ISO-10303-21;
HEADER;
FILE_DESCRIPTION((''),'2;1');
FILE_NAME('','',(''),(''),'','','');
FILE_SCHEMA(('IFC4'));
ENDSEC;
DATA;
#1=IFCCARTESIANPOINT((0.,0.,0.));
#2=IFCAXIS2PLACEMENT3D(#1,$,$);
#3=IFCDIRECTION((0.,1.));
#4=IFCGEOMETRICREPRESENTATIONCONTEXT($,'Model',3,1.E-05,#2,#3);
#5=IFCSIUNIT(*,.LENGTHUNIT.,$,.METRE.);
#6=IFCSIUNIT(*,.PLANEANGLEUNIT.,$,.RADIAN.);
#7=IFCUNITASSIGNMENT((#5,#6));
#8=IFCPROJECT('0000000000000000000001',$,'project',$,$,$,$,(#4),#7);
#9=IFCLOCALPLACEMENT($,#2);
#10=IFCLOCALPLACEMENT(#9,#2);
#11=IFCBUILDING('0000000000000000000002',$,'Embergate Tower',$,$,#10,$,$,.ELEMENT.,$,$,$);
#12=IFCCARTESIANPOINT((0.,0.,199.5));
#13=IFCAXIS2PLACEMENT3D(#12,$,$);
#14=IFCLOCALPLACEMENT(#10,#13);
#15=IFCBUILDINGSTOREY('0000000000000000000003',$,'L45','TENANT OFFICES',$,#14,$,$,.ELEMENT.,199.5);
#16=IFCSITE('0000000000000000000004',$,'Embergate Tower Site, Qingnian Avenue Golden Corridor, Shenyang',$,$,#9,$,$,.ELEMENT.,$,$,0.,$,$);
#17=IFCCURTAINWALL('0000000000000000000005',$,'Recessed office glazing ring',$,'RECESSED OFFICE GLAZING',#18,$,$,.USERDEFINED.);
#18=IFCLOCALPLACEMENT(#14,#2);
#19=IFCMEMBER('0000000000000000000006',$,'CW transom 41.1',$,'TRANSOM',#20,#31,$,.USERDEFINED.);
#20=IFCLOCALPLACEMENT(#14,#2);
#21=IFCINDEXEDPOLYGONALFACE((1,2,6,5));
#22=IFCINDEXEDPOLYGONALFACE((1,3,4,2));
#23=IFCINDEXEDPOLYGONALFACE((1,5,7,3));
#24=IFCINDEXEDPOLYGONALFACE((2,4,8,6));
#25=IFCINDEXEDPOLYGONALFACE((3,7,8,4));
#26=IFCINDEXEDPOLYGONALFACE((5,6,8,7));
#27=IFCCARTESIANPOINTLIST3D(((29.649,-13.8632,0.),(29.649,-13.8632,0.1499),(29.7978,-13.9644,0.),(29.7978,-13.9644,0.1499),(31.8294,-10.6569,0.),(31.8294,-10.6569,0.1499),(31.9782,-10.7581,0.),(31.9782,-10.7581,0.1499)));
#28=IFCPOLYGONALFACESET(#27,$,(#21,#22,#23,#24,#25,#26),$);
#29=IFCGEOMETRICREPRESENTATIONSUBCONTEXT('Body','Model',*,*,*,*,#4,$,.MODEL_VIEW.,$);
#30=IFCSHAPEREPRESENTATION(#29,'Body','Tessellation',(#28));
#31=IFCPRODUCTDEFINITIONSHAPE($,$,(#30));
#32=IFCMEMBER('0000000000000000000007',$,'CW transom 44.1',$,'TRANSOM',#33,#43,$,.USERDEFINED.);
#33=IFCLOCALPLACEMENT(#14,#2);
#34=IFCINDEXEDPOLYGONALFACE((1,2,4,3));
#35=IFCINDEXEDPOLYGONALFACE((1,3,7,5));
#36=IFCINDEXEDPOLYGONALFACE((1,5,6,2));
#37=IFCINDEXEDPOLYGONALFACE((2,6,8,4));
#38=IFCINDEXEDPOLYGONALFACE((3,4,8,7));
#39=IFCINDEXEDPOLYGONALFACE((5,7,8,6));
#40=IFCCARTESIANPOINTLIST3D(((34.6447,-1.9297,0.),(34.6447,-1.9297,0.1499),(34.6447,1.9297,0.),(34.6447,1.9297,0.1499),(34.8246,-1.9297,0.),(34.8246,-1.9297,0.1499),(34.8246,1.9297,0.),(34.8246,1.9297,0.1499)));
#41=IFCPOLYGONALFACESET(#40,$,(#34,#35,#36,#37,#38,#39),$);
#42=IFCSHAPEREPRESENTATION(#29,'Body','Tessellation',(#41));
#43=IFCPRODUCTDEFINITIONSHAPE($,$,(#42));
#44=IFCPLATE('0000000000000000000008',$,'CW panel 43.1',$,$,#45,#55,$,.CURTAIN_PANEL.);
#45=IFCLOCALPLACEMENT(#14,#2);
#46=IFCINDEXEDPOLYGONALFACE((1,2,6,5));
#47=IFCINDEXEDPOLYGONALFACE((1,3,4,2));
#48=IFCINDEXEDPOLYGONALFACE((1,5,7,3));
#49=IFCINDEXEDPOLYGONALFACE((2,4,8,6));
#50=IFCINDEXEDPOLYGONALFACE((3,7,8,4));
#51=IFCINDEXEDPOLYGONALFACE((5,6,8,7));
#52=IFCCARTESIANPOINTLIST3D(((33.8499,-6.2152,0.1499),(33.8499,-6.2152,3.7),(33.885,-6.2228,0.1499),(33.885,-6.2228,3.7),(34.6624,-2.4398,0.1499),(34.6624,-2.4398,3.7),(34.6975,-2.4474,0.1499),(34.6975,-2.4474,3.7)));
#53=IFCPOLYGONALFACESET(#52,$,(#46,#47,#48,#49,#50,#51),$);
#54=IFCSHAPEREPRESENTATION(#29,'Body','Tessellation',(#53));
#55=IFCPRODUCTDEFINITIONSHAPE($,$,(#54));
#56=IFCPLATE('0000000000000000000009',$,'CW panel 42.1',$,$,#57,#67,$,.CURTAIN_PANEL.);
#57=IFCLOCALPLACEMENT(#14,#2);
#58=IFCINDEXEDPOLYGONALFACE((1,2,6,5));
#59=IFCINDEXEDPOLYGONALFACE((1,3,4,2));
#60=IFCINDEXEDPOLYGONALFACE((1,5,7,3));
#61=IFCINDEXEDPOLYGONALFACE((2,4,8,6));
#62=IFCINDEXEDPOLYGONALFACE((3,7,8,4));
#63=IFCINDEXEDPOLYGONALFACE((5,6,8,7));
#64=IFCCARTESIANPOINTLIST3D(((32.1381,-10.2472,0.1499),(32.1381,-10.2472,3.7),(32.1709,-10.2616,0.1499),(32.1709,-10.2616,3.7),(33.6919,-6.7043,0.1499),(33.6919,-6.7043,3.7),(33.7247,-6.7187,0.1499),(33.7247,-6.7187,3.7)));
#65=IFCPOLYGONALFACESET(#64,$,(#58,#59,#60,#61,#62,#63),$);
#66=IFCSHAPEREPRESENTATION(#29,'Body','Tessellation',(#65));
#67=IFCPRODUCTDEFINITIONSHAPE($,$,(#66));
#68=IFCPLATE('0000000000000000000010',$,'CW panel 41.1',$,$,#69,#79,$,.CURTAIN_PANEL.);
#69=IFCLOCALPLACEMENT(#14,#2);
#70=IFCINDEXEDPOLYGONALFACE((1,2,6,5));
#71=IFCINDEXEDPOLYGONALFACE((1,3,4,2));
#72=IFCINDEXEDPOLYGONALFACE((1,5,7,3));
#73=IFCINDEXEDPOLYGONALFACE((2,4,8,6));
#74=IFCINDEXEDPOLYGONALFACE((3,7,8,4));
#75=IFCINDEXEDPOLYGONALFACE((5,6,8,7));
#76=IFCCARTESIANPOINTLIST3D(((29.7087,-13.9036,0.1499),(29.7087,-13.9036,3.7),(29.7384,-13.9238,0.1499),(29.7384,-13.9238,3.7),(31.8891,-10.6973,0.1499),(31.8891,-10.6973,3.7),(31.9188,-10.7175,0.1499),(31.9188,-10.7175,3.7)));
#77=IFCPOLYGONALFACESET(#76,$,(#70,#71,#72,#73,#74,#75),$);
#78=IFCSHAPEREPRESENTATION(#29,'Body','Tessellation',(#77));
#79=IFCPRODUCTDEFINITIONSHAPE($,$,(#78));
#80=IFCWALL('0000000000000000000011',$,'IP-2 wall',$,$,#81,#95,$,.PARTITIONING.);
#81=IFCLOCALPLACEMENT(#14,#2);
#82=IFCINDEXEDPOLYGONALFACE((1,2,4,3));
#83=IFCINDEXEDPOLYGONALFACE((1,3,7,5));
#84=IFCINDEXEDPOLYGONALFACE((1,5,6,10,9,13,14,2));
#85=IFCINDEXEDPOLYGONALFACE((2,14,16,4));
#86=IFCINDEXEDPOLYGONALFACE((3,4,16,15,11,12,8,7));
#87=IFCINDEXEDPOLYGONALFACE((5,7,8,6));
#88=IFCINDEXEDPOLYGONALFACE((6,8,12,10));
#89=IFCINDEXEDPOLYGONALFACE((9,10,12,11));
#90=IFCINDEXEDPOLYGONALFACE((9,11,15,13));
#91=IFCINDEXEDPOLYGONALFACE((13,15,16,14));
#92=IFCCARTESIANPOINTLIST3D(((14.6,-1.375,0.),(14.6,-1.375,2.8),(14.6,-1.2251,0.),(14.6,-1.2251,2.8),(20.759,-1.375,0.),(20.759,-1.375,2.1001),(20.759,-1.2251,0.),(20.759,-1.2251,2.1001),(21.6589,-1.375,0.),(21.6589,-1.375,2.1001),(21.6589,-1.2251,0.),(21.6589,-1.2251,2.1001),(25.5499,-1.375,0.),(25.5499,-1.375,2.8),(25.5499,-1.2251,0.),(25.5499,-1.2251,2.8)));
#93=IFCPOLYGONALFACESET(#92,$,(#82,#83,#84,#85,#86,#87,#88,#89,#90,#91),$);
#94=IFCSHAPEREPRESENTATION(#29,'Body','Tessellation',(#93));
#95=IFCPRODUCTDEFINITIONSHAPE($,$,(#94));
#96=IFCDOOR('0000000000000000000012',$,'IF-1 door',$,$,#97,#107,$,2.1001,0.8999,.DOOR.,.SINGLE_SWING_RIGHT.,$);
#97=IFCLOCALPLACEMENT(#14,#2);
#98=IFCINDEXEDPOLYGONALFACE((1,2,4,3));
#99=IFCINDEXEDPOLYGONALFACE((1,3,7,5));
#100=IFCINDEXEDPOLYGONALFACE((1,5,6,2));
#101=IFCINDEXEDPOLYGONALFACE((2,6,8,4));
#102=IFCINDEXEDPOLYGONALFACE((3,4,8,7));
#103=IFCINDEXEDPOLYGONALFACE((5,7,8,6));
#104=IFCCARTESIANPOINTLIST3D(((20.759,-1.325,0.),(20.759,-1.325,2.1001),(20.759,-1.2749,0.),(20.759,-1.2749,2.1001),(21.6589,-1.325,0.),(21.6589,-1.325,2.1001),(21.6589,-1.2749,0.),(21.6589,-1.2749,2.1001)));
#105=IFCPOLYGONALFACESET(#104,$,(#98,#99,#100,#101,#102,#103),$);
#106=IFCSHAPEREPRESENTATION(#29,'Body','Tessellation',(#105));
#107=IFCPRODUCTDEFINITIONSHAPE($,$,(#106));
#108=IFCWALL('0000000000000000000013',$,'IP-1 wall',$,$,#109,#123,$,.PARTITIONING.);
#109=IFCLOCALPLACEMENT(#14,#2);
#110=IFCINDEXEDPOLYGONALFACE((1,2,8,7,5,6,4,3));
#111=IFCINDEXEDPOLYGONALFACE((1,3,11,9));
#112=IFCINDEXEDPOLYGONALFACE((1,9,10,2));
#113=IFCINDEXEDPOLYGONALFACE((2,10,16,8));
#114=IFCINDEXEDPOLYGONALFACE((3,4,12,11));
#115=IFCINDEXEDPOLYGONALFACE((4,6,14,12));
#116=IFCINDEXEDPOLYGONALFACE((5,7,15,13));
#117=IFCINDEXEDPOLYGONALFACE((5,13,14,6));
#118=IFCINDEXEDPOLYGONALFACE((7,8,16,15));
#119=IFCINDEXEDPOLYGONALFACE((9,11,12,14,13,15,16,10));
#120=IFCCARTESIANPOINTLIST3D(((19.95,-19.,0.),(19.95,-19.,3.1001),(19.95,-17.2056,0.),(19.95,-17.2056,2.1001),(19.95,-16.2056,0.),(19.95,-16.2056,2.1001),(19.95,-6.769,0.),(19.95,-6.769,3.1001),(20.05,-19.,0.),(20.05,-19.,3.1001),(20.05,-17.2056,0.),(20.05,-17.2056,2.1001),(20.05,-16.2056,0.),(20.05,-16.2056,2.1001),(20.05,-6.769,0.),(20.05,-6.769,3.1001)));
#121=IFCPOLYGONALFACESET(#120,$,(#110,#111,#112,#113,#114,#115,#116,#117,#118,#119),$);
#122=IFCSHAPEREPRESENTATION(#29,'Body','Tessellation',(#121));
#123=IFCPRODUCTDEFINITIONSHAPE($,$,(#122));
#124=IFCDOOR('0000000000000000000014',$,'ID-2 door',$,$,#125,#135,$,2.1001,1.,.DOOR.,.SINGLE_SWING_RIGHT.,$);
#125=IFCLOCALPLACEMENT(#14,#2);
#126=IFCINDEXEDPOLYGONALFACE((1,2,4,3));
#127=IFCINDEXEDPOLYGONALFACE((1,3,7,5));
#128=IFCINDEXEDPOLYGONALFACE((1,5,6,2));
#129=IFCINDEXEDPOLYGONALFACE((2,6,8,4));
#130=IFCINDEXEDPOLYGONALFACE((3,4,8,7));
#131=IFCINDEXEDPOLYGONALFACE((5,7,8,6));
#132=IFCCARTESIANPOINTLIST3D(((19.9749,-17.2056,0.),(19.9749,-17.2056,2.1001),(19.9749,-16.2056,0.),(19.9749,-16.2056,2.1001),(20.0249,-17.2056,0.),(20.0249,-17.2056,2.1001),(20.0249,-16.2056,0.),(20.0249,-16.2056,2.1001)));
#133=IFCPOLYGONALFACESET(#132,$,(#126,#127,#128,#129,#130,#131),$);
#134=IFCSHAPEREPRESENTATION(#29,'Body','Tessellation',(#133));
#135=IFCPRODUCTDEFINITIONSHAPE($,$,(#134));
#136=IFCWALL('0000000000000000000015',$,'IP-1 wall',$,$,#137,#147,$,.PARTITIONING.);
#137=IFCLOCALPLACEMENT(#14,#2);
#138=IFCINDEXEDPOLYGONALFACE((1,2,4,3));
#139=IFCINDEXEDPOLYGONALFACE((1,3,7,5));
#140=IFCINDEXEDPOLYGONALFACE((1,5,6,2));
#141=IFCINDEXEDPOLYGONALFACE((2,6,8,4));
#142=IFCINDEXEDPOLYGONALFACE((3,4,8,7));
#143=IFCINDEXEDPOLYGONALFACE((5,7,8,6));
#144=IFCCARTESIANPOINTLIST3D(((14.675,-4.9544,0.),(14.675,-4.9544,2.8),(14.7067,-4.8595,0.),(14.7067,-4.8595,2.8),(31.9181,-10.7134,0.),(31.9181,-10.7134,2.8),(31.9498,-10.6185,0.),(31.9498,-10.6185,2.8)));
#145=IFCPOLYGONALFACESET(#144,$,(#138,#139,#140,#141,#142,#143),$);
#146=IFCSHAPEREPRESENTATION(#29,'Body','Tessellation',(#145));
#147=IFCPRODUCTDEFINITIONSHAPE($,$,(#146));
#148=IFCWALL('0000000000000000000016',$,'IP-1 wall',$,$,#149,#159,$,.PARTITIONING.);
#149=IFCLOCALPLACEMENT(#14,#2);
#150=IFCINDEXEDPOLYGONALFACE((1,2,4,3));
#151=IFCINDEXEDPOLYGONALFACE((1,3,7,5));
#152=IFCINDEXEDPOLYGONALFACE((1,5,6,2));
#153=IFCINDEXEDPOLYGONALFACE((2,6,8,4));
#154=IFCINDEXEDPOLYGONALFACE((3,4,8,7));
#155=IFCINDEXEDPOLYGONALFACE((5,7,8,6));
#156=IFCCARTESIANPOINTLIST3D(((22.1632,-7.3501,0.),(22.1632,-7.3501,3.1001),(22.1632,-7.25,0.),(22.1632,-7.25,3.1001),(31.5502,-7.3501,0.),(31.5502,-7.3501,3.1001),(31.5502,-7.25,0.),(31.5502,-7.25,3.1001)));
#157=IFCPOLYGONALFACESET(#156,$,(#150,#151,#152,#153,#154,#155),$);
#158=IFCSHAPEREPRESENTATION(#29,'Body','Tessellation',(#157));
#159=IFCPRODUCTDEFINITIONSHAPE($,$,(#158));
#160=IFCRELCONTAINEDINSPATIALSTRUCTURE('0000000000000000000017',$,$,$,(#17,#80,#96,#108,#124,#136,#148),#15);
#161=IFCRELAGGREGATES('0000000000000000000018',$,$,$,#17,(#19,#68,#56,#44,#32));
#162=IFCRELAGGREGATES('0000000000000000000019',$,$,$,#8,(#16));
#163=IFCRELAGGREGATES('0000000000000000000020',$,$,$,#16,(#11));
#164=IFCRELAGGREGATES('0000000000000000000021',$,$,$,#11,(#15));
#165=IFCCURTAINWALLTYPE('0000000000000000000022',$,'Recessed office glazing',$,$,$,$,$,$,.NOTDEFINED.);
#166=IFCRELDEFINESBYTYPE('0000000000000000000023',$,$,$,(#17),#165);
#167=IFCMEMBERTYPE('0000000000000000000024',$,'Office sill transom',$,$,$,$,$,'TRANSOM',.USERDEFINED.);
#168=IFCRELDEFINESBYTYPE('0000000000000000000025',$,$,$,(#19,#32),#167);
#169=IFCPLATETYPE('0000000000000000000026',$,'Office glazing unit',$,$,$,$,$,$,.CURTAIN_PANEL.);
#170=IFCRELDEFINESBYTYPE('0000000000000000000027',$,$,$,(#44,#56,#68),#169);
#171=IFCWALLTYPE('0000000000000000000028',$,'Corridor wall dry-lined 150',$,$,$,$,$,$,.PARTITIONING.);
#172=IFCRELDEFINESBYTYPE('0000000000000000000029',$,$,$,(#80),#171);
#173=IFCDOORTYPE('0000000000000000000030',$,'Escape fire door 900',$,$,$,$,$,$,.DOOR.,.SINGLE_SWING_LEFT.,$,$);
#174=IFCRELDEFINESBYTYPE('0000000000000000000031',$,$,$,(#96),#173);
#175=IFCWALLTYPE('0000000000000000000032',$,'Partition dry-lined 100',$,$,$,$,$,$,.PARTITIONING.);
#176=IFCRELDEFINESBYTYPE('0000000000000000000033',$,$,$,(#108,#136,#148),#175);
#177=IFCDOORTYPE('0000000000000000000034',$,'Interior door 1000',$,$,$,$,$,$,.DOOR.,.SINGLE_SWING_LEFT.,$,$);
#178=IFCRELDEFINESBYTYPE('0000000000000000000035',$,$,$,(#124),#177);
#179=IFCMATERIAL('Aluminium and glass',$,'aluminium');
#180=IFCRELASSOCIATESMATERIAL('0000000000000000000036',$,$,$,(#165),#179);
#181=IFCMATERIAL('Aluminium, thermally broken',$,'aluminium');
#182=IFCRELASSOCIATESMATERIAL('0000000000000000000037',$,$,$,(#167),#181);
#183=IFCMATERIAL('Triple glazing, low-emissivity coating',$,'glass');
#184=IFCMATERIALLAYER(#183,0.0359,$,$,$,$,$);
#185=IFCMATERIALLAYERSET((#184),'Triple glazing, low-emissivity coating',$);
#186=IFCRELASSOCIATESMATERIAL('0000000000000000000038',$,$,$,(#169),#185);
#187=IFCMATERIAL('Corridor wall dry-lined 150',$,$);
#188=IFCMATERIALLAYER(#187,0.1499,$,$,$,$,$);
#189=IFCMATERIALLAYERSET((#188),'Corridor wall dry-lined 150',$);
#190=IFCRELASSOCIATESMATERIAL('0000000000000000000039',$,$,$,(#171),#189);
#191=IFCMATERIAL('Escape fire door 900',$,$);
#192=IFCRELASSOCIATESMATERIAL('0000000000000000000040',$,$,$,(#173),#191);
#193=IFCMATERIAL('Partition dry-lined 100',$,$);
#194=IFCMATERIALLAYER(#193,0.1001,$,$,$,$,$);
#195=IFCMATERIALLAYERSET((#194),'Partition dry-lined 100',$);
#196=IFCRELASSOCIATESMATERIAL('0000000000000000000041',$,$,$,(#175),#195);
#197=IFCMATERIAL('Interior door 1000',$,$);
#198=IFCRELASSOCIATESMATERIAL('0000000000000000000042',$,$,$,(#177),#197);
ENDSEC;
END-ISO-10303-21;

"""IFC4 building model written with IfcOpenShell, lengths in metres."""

from ifc_helpers import new_model, si_unit, direction, frame, frame_2d, origin, origin_2d, place, context, subcontext, project, spatial, rectangle, extrude, source, transform, mapped, material, layer, layer_set, material_profile, profile_set, type_object, element, fill, aggregate, save


model = new_model("IFC4")

# Units and contexts
model_context = context("Model", 3, precision=1e-05, world=origin(), true_north=direction((0.0, 1.0)))
body_context = subcontext(model_context, "Body", "Model", "MODEL_VIEW")
ifc_project = project(units=[si_unit("LENGTHUNIT", "METRE"), si_unit("PLANEANGLEUNIT", "RADIAN")], contexts=[model_context])

# Site, building, storey
site_placement = place(None, origin())
site = spatial("IfcSite", under=ifc_project, at=site_placement, Name="Embergate Tower Site, Qingnian Avenue Golden Corridor, Shenyang", CompositionType="ELEMENT", RefElevation=0.0)
building_placement = place(site_placement, origin())
building = spatial("IfcBuilding", under=site, at=building_placement, Name="Embergate Tower", CompositionType="ELEMENT")
storey_placement = place(building_placement, frame((0.0, 0.0, 199.5)))
storey = spatial("IfcBuildingStorey", under=building, at=storey_placement, Name="L45", Description="TENANT OFFICES", CompositionType="ELEMENT", Elevation=199.5)

# Curtain wall, members, plates
ifc_material_1 = material(Name="Aluminium and glass", Category="aluminium")
curtain_wall_type = type_object("IfcCurtainWallType", Name="Recessed office glazing", PredefinedType="NOTDEFINED", material=ifc_material_1)
curtain_wall_placement = place(storey_placement, origin())
curtain_wall = element("IfcCurtainWall", 1, at=curtain_wall_placement, inside=storey, type_object=curtain_wall_type, Name="Recessed office glazing ring", ObjectType="RECESSED OFFICE GLAZING", PredefinedType="USERDEFINED")
ifc_material_2 = material(Name="Aluminium, thermally broken", Category="aluminium")
ifc_material_profile_1 = material_profile(ifc_material_2, rectangle(XDim=0.1799, YDim=0.1499, at=origin_2d()), Name="AL 150x180")
ifc_profile_set_1 = profile_set([ifc_material_profile_1], Name="Aluminium, thermally broken")
member_type_1 = type_object("IfcMemberType", Name="Office sill transom", ElementType="TRANSOM", PredefinedType="USERDEFINED", material=ifc_profile_set_1)
shared_shape_1 = source(origin(), body_context, "Body", "SweptSolid", [
    extrude(rectangle(XDim=0.1799, YDim=0.1499, at=origin_2d()), origin(), (0.0, 0.0, 1.0), 3.8774),
])
member_1_placement = place(storey_placement, frame((29.7234, -13.9138, 0.075), z_axis=(0.562334, 0.82691, 0.0), x_axis=(-0.82691, 0.562334, 0.0)))
member_1 = element("IfcMember", 2, at=member_1_placement, type_object=member_type_1, Name="CW transom 41.1", ObjectType="TRANSOM", PredefinedType="USERDEFINED", context=body_context, shape_type="MappedRepresentation", body=[
    mapped(shared_shape_1, transform((0.0, 0.0, 0.0))),
])
shared_shape_2 = source(origin(), body_context, "Body", "SweptSolid", [
    extrude(rectangle(XDim=0.1799, YDim=0.1499, at=origin_2d()), origin(), (0.0, 0.0, 1.0), 3.8594),
])
member_2_placement = place(storey_placement, frame((34.7346, -1.9297, 0.075), z_axis=(0.0, 1.0, 0.0), x_axis=(-1.0, 0.0, 0.0)))
member_2 = element("IfcMember", 3, at=member_2_placement, type_object=member_type_1, Name="CW transom 44.1", ObjectType="TRANSOM", PredefinedType="USERDEFINED", context=body_context, shape_type="MappedRepresentation", body=[
    mapped(shared_shape_2, transform((0.0, 0.0, 0.0))),
])
ifc_material_3 = material(Name="Triple glazing, low-emissivity coating", Category="glass")
ifc_layer_1 = layer(ifc_material_3, 0.0359)
ifc_layer_set_1 = layer_set([ifc_layer_1], Name="Triple glazing, low-emissivity coating")
plate_type = type_object("IfcPlateType", Name="Office glazing unit", PredefinedType="CURTAIN_PANEL", material=ifc_layer_set_1)
shared_shape_3 = source(origin(), body_context, "Body", "SweptSolid", [
    extrude(rectangle(XDim=3.8618, YDim=0.0359, at=origin_2d()), origin(), (0.0, 0.0, 1.0), 3.55),
])
plate_1_placement = place(storey_placement, frame((34.2737, -4.3313, 0.1499), z_axis=(0.0, 0.0, 1.0), x_axis=(0.210393, 0.977617, 0.0)))
plate_1 = element("IfcPlate", 4, at=plate_1_placement, type_object=plate_type, Name="CW panel 43.1", PredefinedType="CURTAIN_PANEL", context=body_context, shape_type="MappedRepresentation", body=[
    mapped(shared_shape_3, transform((0.0, 0.0, 0.0))),
])
shared_shape_4 = source(origin(), body_context, "Body", "SweptSolid", [
    extrude(rectangle(XDim=3.8687, YDim=0.0359, at=origin_2d()), origin(), (0.0, 0.0, 1.0), 3.55),
])
plate_2_placement = place(storey_placement, frame((32.9314, -8.4829, 0.1499), z_axis=(0.0, 0.0, 1.0), x_axis=(0.401644, 0.915796, 0.0)))
plate_2 = element("IfcPlate", 5, at=plate_2_placement, type_object=plate_type, Name="CW panel 42.1", PredefinedType="CURTAIN_PANEL", context=body_context, shape_type="MappedRepresentation", body=[
    mapped(shared_shape_4, transform((0.0, 0.0, 0.0))),
])
shared_shape_5 = source(origin(), body_context, "Body", "SweptSolid", [
    extrude(rectangle(XDim=3.8774, YDim=0.0359, at=origin_2d()), origin(), (0.0, 0.0, 1.0), 3.55),
])
plate_3_placement = place(storey_placement, frame((30.8137, -12.3105, 0.1499), z_axis=(0.0, 0.0, 1.0), x_axis=(0.562332, 0.826912, 0.0)))
plate_3 = element("IfcPlate", 6, at=plate_3_placement, type_object=plate_type, Name="CW panel 41.1", PredefinedType="CURTAIN_PANEL", context=body_context, shape_type="MappedRepresentation", body=[
    mapped(shared_shape_5, transform((0.0, 0.0, 0.0))),
])
aggregate(curtain_wall, [member_1, plate_3, plate_2, plate_1, member_2])

# Walls, openings, doors
ifc_material_4 = material(Name="Corridor wall dry-lined 150")
ifc_layer_2 = layer(ifc_material_4, 0.1499)
ifc_layer_set_2 = layer_set([ifc_layer_2], Name="Corridor wall dry-lined 150")
wall_type_1 = type_object("IfcWallType", Name="Corridor wall dry-lined 150", PredefinedType="PARTITIONING", material=ifc_layer_set_2)
shared_shape_6 = source(origin(), body_context, "Body", "SweptSolid", [
    extrude(rectangle(XDim=10.95, YDim=0.1499, at=frame_2d((5.4751, 0.0))), origin(), (0.0, 0.0, 1.0), 2.8),
])
wall_1_placement = place(storey_placement, frame((25.55, -1.3, 0.0), z_axis=(0.0, 0.0, 1.0), x_axis=(-1.0, 0.0, 0.0)))
wall_1 = element("IfcWall", 7, at=wall_1_placement, inside=storey, type_object=wall_type_1, Name="IP-2 wall", PredefinedType="PARTITIONING", context=body_context, shape_type="MappedRepresentation", body=[
    mapped(shared_shape_6, transform((0.0, 0.0, 0.0))),
])
shared_shape_7 = source(origin(), body_context, "Body", "SweptSolid", [
    extrude(rectangle(XDim=0.8999, YDim=2.1001, at=frame_2d((0.45, 1.05))), frame((0.0, 0.085, 0.0), z_axis=(0.0, -1.0, 0.0), x_axis=(1.0, 0.0, 0.0)), (0.0, 0.0, 1.0), 0.1699),
])
opening_1_placement = place(wall_1_placement, frame((3.8911, 0.0, 0.0)))
opening_1 = element("IfcOpeningElement", 8, at=opening_1_placement, cuts=wall_1, PredefinedType="OPENING", context=body_context, shape_type="MappedRepresentation", body=[
    mapped(shared_shape_7, transform((0.0, 0.0, 0.0))),
])
ifc_material_5 = material(Name="Escape fire door 900")
door_type_1 = type_object("IfcDoorType", Name="Escape fire door 900", OperationType="SINGLE_SWING_LEFT", PredefinedType="DOOR", material=ifc_material_5)
shared_shape_8 = source(origin(), body_context, "Body", "SweptSolid", [
    extrude(rectangle(XDim=0.8999, YDim=2.1001, at=frame_2d((0.45, 1.05))), frame((0.0, 0.0249, 0.0), z_axis=(0.0, -1.0, 0.0), x_axis=(1.0, 0.0, 0.0)), (0.0, 0.0, 1.0), 0.05),
])
door_1_placement = place(opening_1_placement, origin())
door_1 = element("IfcDoor", 9, at=door_1_placement, inside=storey, type_object=door_type_1, Name="IF-1 door", OperationType="SINGLE_SWING_RIGHT", OverallHeight=2.1001, OverallWidth=0.8999, PredefinedType="DOOR", context=body_context, shape_type="MappedRepresentation", body=[
    mapped(shared_shape_8, transform((0.0, 0.0, 0.0))),
])
fill(opening_1, door_1)
ifc_material_6 = material(Name="Partition dry-lined 100")
ifc_layer_3 = layer(ifc_material_6, 0.1001)
ifc_layer_set_3 = layer_set([ifc_layer_3], Name="Partition dry-lined 100")
wall_type_2 = type_object("IfcWallType", Name="Partition dry-lined 100", PredefinedType="PARTITIONING", material=ifc_layer_set_3)
shared_shape_9 = source(origin(), body_context, "Body", "SweptSolid", [
    extrude(rectangle(XDim=12.231, YDim=0.1001, at=frame_2d((6.1155, 0.0))), origin(), (0.0, 0.0, 1.0), 3.1001),
])
wall_2_placement = place(storey_placement, frame((20.0, -6.769, 0.0), z_axis=(0.0, 0.0, 1.0), x_axis=(0.0, -1.0, 0.0)))
wall_2 = element("IfcWall", 10, at=wall_2_placement, inside=storey, type_object=wall_type_2, Name="IP-1 wall", PredefinedType="PARTITIONING", context=body_context, shape_type="MappedRepresentation", body=[
    mapped(shared_shape_9, transform((0.0, 0.0, 0.0))),
])
shared_shape_10 = source(origin(), body_context, "Body", "SweptSolid", [
    extrude(rectangle(XDim=1.0, YDim=2.1001, at=frame_2d((0.5, 1.05))), frame((0.0, 0.0601, 0.0), z_axis=(0.0, -1.0, 0.0), x_axis=(1.0, 0.0, 0.0)), (0.0, 0.0, 1.0), 0.1201),
])
opening_2_placement = place(wall_2_placement, frame((9.4365, 0.0, 0.0)))
opening_2 = element("IfcOpeningElement", 11, at=opening_2_placement, cuts=wall_2, PredefinedType="OPENING", context=body_context, shape_type="MappedRepresentation", body=[
    mapped(shared_shape_10, transform((0.0, 0.0, 0.0))),
])
ifc_material_7 = material(Name="Interior door 1000")
door_type_2 = type_object("IfcDoorType", Name="Interior door 1000", OperationType="SINGLE_SWING_LEFT", PredefinedType="DOOR", material=ifc_material_7)
shared_shape_11 = source(origin(), body_context, "Body", "SweptSolid", [
    extrude(rectangle(XDim=1.0, YDim=2.1001, at=frame_2d((0.5, 1.05))), frame((0.0, 0.0249, 0.0), z_axis=(0.0, -1.0, 0.0), x_axis=(1.0, 0.0, 0.0)), (0.0, 0.0, 1.0), 0.05),
])
door_2_placement = place(opening_2_placement, origin())
door_2 = element("IfcDoor", 12, at=door_2_placement, inside=storey, type_object=door_type_2, Name="ID-2 door", OperationType="SINGLE_SWING_RIGHT", OverallHeight=2.1001, OverallWidth=1.0, PredefinedType="DOOR", context=body_context, shape_type="MappedRepresentation", body=[
    mapped(shared_shape_11, transform((0.0, 0.0, 0.0))),
])
fill(opening_2, door_2)

# Walls
shared_shape_12 = source(origin(), body_context, "Body", "SweptSolid", [
    extrude(rectangle(XDim=18.1794, YDim=0.1001, at=frame_2d((9.0898, 0.0))), origin(), (0.0, 0.0, 1.0), 2.8),
])
wall_3_placement = place(storey_placement, frame((31.9341, -10.666, 0.0), z_axis=(0.0, 0.0, 1.0), x_axis=(-0.948496, 0.316788, 0.0)))
element("IfcWall", 13, at=wall_3_placement, inside=storey, type_object=wall_type_2, Name="IP-1 wall", PredefinedType="PARTITIONING", context=body_context, shape_type="MappedRepresentation", body=[
    mapped(shared_shape_12, transform((0.0, 0.0, 0.0))),
])
shared_shape_13 = source(origin(), body_context, "Body", "SweptSolid", [
    extrude(rectangle(XDim=9.387, YDim=0.1001, at=frame_2d((4.6934, 0.0))), origin(), (0.0, 0.0, 1.0), 3.1001),
])
wall_4_placement = place(storey_placement, frame((31.55, -7.3, 0.0), z_axis=(0.0, 0.0, 1.0), x_axis=(-1.0, 0.0, 0.0)))
element("IfcWall", 14, at=wall_4_placement, inside=storey, type_object=wall_type_2, Name="IP-1 wall", PredefinedType="PARTITIONING", context=body_context, shape_type="MappedRepresentation", body=[
    mapped(shared_shape_13, transform((0.0, 0.0, 0.0))),
])

save(model, "model.ifc")
